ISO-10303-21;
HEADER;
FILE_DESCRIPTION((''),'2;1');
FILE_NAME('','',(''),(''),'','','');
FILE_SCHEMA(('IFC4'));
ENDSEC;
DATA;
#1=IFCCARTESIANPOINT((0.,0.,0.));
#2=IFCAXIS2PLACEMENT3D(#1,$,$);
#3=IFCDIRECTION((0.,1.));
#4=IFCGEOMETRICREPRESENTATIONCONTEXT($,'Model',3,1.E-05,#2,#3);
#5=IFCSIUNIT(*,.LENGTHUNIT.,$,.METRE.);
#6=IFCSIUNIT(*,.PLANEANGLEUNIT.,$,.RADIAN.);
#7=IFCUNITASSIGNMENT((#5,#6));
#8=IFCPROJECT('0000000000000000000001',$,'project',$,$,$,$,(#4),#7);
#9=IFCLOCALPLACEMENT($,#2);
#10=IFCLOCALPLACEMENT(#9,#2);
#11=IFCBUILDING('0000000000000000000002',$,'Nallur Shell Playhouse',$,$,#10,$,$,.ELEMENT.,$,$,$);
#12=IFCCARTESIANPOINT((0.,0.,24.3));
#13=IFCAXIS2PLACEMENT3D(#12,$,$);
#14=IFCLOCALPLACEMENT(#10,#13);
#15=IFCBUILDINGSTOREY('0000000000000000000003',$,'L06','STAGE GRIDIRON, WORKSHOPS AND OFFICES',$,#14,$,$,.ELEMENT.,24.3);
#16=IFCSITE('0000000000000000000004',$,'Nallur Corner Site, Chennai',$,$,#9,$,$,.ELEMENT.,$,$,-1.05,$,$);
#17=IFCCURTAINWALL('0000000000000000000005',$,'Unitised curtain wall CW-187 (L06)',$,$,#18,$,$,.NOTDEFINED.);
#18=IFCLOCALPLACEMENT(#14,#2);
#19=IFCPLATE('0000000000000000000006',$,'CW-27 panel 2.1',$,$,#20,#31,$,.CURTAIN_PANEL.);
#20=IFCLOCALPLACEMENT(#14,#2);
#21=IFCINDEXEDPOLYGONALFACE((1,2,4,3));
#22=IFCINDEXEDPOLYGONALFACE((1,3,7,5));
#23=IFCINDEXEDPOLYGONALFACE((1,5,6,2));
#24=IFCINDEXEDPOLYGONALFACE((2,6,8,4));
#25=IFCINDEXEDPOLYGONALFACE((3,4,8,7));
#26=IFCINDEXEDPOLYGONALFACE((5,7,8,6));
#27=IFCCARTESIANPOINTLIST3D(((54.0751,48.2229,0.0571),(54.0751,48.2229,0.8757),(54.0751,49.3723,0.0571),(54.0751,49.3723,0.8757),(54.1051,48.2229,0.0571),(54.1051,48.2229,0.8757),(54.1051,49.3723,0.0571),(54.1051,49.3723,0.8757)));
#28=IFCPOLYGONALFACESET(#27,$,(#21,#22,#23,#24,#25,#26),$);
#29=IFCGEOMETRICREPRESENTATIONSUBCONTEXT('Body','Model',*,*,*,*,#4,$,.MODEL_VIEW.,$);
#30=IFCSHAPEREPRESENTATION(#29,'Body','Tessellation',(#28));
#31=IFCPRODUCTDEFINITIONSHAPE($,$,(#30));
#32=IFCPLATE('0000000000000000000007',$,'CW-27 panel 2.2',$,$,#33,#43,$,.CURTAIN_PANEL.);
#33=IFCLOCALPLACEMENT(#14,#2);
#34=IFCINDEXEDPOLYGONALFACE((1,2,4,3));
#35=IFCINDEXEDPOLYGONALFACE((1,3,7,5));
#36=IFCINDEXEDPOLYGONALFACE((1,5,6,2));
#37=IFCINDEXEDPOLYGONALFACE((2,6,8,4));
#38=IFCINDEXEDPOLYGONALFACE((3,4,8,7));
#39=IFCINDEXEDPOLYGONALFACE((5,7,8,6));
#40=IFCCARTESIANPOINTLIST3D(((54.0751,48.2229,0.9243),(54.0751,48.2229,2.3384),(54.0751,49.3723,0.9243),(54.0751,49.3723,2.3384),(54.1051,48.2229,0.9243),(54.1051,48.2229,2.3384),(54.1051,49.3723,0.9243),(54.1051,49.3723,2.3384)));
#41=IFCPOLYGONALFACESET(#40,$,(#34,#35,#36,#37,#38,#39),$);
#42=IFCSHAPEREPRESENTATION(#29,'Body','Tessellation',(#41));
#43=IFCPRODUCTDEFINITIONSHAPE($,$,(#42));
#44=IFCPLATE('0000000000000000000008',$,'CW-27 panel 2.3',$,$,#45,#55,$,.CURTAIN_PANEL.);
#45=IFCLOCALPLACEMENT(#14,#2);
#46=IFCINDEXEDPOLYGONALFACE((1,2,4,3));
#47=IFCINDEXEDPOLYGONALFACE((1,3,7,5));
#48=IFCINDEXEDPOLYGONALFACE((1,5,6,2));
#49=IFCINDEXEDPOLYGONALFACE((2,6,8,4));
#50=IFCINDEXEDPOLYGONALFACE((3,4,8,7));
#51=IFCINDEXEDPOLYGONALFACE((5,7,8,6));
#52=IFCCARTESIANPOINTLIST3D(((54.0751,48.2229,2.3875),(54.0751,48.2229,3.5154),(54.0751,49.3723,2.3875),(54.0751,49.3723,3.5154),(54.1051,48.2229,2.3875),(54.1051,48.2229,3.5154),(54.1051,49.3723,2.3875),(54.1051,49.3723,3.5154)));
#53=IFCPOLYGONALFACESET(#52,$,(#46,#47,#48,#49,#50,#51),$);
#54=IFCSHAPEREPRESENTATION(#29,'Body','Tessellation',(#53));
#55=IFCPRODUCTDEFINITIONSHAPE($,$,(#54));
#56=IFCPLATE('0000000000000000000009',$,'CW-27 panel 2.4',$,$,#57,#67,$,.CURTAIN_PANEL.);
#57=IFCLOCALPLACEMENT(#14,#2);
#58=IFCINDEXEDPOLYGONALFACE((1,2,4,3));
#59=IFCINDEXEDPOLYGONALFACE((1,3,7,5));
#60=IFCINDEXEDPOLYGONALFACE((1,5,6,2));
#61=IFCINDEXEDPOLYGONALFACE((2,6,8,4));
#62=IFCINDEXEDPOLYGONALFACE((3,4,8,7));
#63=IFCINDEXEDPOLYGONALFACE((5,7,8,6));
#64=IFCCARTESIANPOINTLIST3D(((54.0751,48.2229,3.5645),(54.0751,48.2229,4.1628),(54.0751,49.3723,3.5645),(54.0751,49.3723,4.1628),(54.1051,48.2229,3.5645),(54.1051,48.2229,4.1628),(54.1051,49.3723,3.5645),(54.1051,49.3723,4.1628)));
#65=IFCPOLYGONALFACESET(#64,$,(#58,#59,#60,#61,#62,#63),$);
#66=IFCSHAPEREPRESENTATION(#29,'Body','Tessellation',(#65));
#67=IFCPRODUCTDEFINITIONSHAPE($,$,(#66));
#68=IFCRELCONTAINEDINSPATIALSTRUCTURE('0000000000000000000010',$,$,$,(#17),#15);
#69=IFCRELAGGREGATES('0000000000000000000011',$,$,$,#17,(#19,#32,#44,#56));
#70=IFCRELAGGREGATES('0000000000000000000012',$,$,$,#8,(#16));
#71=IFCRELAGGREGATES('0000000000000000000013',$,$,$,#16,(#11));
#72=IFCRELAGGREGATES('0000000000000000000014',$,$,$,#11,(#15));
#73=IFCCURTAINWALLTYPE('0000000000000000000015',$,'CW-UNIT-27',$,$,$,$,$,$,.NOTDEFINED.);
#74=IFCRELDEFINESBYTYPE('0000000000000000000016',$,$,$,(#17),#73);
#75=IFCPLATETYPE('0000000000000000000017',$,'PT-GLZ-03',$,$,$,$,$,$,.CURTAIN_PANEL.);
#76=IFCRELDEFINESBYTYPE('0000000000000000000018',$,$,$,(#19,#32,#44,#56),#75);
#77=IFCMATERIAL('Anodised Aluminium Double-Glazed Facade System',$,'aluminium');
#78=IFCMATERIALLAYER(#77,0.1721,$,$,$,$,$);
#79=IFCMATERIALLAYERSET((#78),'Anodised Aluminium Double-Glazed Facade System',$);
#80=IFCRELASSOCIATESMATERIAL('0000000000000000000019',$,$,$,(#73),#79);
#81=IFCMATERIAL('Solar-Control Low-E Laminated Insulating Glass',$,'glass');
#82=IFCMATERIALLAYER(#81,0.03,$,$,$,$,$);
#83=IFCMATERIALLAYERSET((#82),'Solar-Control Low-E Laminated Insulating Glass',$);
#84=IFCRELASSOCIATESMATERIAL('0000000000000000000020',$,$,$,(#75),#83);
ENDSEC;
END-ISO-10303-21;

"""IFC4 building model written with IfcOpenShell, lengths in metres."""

from ifc_helpers import new_model, si_unit, direction, frame, origin, origin_2d, place, context, subcontext, project, spatial, rectangle, extrude, material, layer, layer_set, type_object, element, aggregate, save


model = new_model("IFC4")

# Units and contexts
model_context = context("Model", 3, precision=1e-05, world=origin(), true_north=direction((0.0, 1.0)))
body_context = subcontext(model_context, "Body", "Model", "MODEL_VIEW")
ifc_project = project(units=[si_unit("LENGTHUNIT", "METRE"), si_unit("PLANEANGLEUNIT", "RADIAN")], contexts=[model_context])

# Site, building, storey
site_placement = place(None, origin())
site = spatial("IfcSite", under=ifc_project, at=site_placement, Name="Nallur Corner Site, Chennai", CompositionType="ELEMENT", RefElevation=-1.05)
building_placement = place(site_placement, origin())
building = spatial("IfcBuilding", under=site, at=building_placement, Name="Nallur Shell Playhouse", CompositionType="ELEMENT")
storey_placement = place(building_placement, frame((0.0, 0.0, 24.3)))
storey = spatial("IfcBuildingStorey", under=building, at=storey_placement, Name="L06", Description="STAGE GRIDIRON, WORKSHOPS AND OFFICES", CompositionType="ELEMENT", Elevation=24.3)

# Curtain wall
ifc_material_1 = material(Name="Anodised Aluminium Double-Glazed Facade System", Category="aluminium")
ifc_layer_1 = layer(ifc_material_1, 0.1721)
ifc_layer_set_1 = layer_set([ifc_layer_1], Name="Anodised Aluminium Double-Glazed Facade System")
curtain_wall_type = type_object("IfcCurtainWallType", Name="CW-UNIT-27", PredefinedType="NOTDEFINED", material=ifc_layer_set_1)
curtain_wall_placement = place(storey_placement, origin())
curtain_wall = element("IfcCurtainWall", 1, at=curtain_wall_placement, inside=storey, type_object=curtain_wall_type, Name="Unitised curtain wall CW-187 (L06)", PredefinedType="NOTDEFINED")

# Plates
ifc_material_2 = material(Name="Solar-Control Low-E Laminated Insulating Glass", Category="glass")
ifc_layer_2 = layer(ifc_material_2, 0.03)
ifc_layer_set_2 = layer_set([ifc_layer_2], Name="Solar-Control Low-E Laminated Insulating Glass")
plate_type_1 = type_object("IfcPlateType", Name="PT-GLZ-03", PredefinedType="CURTAIN_PANEL", material=ifc_layer_set_2)
plate_1_placement = place(storey_placement, frame((54.0901, 48.7976, 0.0571), z_axis=(0.0, 0.0, 1.0), x_axis=(0.0, 1.0, 0.0)))
plate_1 = element("IfcPlate", 2, at=plate_1_placement, type_object=plate_type_1, Name="CW-27 panel 2.1", PredefinedType="CURTAIN_PANEL", context=body_context, shape_type="SweptSolid", body=[
    extrude(rectangle(XDim=1.1494, YDim=0.03, at=origin_2d()), origin(), (0.0, 0.0, 1.0), 0.8186),
])
plate_2_placement = place(storey_placement, frame((54.0901, 48.7976, 0.9243), z_axis=(0.0, 0.0, 1.0), x_axis=(0.0, 1.0, 0.0)))
plate_2 = element("IfcPlate", 3, at=plate_2_placement, type_object=plate_type_1, Name="CW-27 panel 2.2", PredefinedType="CURTAIN_PANEL", context=body_context, shape_type="SweptSolid", body=[
    extrude(rectangle(XDim=1.1494, YDim=0.03, at=origin_2d()), origin(), (0.0, 0.0, 1.0), 1.4141),
])
plate_3_placement = place(storey_placement, frame((54.0901, 48.7976, 2.3875), z_axis=(0.0, 0.0, 1.0), x_axis=(0.0, 1.0, 0.0)))
plate_3 = element("IfcPlate", 4, at=plate_3_placement, type_object=plate_type_1, Name="CW-27 panel 2.3", PredefinedType="CURTAIN_PANEL", context=body_context, shape_type="SweptSolid", body=[
    extrude(rectangle(XDim=1.1494, YDim=0.03, at=origin_2d()), origin(), (0.0, 0.0, 1.0), 1.1279),
])
plate_4_placement = place(storey_placement, frame((54.0901, 48.7976, 3.5645), z_axis=(0.0, 0.0, 1.0), x_axis=(0.0, 1.0, 0.0)))
plate_4 = element("IfcPlate", 5, at=plate_4_placement, type_object=plate_type_1, Name="CW-27 panel 2.4", PredefinedType="CURTAIN_PANEL", context=body_context, shape_type="SweptSolid", body=[
    extrude(rectangle(XDim=1.1494, YDim=0.03, at=origin_2d()), origin(), (0.0, 0.0, 1.0), 0.5984),
])
aggregate(curtain_wall, [plate_1, plate_2, plate_3, plate_4])

save(model, "model.ifc")
